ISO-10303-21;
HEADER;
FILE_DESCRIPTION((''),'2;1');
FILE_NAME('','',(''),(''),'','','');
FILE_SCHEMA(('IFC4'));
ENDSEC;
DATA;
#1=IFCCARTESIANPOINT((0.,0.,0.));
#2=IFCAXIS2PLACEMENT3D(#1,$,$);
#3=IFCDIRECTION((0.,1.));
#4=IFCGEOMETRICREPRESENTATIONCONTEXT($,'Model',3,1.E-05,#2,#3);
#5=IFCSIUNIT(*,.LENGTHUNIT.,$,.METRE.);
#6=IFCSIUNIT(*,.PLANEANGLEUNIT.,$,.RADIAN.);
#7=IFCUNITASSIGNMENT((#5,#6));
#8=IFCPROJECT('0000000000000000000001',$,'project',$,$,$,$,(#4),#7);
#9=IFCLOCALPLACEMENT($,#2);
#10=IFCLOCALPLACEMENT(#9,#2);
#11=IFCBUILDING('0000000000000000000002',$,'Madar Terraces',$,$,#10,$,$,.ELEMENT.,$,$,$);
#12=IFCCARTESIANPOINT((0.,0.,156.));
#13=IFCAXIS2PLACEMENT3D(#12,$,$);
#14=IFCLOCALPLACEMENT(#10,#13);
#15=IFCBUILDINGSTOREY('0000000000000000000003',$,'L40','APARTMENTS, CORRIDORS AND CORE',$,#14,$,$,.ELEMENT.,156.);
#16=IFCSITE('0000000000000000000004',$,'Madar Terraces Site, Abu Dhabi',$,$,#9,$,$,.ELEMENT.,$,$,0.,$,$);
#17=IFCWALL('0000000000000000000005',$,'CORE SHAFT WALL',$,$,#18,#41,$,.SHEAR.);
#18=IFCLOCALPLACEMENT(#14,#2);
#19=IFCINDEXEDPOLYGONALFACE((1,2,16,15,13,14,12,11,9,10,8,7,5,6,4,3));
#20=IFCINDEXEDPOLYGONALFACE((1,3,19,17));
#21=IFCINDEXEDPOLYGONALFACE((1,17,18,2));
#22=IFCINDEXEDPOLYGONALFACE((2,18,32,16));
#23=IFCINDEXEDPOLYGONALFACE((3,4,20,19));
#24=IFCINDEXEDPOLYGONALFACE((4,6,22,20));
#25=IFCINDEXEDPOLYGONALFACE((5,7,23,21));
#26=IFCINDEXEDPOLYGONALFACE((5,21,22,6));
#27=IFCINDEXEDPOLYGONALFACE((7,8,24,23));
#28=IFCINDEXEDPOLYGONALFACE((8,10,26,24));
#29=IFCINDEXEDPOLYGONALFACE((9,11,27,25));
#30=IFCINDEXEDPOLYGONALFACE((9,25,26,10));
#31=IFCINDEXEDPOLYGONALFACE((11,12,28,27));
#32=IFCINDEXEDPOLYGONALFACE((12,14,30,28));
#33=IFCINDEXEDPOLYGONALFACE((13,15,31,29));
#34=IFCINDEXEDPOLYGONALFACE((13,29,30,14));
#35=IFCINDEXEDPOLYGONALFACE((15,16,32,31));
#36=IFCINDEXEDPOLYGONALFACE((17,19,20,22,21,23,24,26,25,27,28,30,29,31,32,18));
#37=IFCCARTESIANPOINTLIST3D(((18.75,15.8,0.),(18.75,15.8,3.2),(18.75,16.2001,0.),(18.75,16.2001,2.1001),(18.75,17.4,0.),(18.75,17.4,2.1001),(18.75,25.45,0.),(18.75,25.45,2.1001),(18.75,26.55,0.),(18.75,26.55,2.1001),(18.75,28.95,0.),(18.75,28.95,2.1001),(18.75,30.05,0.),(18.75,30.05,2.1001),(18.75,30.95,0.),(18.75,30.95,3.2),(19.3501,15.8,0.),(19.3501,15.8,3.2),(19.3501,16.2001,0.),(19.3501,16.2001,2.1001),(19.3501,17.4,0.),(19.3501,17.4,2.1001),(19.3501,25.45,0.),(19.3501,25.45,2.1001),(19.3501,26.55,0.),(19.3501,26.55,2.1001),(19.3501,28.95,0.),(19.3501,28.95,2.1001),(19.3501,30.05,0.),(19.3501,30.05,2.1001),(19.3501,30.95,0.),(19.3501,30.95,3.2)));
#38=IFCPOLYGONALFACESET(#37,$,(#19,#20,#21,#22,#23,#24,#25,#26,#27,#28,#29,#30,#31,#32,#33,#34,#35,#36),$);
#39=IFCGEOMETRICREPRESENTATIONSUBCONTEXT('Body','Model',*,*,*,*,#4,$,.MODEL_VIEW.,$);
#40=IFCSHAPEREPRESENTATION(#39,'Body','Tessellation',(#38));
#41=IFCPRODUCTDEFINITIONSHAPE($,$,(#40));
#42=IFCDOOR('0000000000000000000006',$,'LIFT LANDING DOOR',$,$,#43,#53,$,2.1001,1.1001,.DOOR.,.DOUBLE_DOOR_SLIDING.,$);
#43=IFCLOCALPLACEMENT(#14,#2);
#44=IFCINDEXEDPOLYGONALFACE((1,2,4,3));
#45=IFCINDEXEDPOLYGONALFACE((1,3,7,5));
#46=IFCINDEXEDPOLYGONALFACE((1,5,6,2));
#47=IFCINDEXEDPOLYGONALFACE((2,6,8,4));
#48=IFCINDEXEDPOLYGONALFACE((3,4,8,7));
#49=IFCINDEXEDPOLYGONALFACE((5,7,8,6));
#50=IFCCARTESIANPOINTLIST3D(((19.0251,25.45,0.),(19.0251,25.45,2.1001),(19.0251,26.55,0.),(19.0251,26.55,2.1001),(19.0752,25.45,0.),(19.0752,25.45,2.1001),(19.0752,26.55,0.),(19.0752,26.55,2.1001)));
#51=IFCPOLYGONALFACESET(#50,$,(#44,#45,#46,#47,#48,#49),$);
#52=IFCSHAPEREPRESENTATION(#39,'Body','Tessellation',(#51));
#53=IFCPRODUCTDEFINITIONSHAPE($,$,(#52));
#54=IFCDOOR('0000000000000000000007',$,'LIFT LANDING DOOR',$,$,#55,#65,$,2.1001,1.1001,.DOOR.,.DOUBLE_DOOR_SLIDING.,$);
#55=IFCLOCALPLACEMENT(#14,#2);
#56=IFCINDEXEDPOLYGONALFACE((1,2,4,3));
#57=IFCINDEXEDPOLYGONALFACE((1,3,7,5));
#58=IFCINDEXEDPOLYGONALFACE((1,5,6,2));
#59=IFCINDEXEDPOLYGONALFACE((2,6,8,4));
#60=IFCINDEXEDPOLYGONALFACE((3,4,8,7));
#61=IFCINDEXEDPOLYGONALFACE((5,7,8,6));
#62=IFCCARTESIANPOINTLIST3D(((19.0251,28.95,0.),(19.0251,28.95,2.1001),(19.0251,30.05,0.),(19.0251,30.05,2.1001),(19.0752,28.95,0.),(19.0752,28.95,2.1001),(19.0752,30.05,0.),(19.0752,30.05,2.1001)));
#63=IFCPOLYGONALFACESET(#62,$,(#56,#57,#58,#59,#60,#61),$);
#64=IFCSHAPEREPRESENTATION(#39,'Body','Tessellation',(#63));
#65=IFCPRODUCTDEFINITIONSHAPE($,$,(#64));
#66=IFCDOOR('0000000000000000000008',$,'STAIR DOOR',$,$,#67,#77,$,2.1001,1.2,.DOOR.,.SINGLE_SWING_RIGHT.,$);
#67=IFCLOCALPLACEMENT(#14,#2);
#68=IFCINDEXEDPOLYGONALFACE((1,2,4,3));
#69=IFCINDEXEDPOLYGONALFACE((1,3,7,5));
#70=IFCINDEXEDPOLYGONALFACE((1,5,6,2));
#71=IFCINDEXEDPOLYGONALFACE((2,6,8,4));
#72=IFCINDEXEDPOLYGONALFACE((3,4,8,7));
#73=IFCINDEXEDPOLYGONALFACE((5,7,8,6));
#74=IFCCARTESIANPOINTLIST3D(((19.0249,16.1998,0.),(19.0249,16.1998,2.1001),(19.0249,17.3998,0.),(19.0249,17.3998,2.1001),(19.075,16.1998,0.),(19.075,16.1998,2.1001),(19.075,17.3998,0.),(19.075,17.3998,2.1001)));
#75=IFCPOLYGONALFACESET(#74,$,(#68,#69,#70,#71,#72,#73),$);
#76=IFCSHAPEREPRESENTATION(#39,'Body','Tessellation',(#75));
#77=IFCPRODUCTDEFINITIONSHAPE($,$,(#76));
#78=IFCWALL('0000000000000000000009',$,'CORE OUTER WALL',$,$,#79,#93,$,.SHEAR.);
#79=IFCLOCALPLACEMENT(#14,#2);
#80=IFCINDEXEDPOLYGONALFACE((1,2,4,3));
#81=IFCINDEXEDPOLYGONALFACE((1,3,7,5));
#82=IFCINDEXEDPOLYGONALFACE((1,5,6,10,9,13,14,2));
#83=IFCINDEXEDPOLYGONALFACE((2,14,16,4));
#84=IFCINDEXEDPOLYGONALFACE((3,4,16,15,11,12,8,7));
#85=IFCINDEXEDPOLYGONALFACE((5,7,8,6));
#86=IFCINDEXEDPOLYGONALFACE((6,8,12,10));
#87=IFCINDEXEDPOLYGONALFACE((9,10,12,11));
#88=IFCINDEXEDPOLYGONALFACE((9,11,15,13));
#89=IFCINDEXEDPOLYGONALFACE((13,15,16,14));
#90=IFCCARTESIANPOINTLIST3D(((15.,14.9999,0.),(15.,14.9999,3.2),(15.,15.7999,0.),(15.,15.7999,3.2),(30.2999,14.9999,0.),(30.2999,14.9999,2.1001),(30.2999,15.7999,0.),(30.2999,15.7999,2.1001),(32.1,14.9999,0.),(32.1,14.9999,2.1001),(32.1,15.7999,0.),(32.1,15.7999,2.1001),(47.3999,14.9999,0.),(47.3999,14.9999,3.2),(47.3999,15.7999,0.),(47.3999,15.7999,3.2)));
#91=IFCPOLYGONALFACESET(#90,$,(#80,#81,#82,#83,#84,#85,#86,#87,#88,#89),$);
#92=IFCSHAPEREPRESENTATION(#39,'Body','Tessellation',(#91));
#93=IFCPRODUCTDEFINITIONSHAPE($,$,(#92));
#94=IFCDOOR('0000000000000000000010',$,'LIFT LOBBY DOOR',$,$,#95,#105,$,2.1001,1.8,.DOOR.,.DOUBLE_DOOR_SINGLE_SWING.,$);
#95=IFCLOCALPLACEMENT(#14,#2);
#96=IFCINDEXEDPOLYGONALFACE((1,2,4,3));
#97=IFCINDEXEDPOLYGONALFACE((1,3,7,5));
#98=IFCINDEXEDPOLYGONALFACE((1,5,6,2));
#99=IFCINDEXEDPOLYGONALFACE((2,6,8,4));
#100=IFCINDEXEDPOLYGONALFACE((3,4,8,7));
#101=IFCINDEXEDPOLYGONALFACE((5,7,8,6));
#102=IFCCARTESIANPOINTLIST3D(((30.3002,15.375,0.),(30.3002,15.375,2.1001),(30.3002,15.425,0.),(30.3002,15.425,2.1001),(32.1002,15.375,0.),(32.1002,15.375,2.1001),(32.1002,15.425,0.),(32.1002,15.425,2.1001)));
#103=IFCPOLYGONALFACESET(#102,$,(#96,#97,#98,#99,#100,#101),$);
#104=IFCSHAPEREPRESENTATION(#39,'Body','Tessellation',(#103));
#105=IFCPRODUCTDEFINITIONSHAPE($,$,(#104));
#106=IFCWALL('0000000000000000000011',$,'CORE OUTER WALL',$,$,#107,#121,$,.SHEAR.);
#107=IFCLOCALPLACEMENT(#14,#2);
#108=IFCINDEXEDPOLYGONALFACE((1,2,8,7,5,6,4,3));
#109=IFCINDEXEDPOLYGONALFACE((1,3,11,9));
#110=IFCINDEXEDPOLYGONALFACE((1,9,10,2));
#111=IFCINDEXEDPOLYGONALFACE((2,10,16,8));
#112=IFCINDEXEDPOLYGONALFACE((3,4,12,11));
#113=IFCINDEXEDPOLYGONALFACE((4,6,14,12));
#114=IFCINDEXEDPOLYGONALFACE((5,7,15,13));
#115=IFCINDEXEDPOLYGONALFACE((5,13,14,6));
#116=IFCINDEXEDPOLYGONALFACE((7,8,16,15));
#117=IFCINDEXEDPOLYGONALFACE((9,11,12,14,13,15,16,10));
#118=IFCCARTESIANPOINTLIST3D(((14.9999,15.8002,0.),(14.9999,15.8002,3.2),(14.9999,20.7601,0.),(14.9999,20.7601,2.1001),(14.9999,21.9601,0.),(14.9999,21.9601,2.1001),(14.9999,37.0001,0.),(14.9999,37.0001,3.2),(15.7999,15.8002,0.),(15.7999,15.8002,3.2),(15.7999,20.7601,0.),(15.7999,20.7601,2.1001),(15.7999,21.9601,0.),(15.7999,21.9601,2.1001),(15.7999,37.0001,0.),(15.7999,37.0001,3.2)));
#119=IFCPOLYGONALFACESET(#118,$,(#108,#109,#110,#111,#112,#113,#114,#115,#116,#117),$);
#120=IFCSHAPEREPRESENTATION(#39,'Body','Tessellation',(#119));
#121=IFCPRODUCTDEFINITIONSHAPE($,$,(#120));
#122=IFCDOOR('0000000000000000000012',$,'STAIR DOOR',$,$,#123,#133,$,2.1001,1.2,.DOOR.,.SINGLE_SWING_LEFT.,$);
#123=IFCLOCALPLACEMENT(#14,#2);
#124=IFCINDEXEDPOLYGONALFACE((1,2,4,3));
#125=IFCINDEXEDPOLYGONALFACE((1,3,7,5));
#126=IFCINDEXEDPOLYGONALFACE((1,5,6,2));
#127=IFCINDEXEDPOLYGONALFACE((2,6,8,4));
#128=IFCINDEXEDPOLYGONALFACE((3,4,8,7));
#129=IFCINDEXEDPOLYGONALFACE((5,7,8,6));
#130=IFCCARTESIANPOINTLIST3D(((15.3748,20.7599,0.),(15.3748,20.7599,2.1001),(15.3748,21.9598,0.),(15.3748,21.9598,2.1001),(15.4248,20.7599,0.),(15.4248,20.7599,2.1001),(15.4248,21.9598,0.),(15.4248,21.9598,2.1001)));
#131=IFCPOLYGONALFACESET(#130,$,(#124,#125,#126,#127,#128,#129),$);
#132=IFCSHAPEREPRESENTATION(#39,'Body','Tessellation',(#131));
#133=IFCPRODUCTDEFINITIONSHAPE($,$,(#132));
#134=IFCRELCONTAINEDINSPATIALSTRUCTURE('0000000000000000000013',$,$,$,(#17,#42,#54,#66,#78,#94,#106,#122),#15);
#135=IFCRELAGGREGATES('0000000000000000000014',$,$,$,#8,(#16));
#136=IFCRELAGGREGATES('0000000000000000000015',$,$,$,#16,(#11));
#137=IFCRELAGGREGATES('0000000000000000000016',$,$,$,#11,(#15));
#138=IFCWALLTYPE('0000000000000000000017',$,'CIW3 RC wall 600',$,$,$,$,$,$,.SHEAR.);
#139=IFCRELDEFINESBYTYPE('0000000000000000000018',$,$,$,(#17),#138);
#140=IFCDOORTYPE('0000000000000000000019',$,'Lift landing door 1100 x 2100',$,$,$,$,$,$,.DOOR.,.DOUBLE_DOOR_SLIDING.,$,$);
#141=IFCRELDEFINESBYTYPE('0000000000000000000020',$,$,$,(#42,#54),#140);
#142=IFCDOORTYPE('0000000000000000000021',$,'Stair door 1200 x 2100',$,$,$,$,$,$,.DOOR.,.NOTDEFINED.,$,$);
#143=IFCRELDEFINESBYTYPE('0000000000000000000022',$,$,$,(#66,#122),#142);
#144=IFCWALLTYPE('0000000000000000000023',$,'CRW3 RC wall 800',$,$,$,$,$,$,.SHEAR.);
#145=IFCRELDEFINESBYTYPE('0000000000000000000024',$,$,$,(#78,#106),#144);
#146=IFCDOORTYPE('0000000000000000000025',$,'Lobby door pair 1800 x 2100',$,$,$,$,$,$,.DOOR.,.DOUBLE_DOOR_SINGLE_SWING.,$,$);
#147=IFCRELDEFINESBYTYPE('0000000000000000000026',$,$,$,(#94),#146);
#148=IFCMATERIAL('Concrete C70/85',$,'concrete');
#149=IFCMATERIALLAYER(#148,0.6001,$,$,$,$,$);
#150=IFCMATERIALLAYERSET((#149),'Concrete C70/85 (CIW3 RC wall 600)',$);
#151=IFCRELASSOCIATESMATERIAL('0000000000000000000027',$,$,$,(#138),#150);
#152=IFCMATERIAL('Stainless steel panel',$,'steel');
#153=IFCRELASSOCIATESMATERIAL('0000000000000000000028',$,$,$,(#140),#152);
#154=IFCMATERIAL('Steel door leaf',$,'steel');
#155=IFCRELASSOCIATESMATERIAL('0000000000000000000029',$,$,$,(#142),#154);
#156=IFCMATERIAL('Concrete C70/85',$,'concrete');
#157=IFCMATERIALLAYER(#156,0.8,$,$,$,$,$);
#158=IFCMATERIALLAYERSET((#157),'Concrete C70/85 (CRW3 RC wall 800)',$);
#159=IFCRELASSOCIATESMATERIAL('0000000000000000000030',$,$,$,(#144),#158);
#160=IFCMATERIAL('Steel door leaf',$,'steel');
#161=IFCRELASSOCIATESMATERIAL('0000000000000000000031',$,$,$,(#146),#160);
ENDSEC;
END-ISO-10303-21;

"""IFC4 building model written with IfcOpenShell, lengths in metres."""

from ifc_helpers import new_model, si_unit, direction, frame, frame_2d, origin, place, context, subcontext, project, spatial, rectangle, extrude, material, layer, layer_set, type_object, element, fill, save


model = new_model("IFC4")

# Units and contexts
model_context = context("Model", 3, precision=1e-05, world=origin(), true_north=direction((0.0, 1.0)))
body_context = subcontext(model_context, "Body", "Model", "MODEL_VIEW")
ifc_project = project(units=[si_unit("LENGTHUNIT", "METRE"), si_unit("PLANEANGLEUNIT", "RADIAN")], contexts=[model_context])

# Site, building, storey
site_placement = place(None, origin())
site = spatial("IfcSite", under=ifc_project, at=site_placement, Name="Madar Terraces Site, Abu Dhabi", CompositionType="ELEMENT", RefElevation=0.0)
building_placement = place(site_placement, origin())
building = spatial("IfcBuilding", under=site, at=building_placement, Name="Madar Terraces", CompositionType="ELEMENT")
storey_placement = place(building_placement, frame((0.0, 0.0, 156.0)))
storey = spatial("IfcBuildingStorey", under=building, at=storey_placement, Name="L40", Description="APARTMENTS, CORRIDORS AND CORE", CompositionType="ELEMENT", Elevation=156.0)

# Wall, openings, doors
ifc_material_1 = material(Name="Concrete C70/85", Category="concrete")
ifc_layer_1 = layer(ifc_material_1, 0.6001)
ifc_layer_set_1 = layer_set([ifc_layer_1], Name="Concrete C70/85 (CIW3 RC wall 600)")
wall_type_1 = type_object("IfcWallType", Name="CIW3 RC wall 600", PredefinedType="SHEAR", material=ifc_layer_set_1)
wall_1_placement = place(storey_placement, frame((19.05, 15.8, 0.0), z_axis=(0.0, 0.0, 1.0), x_axis=(0.0, 1.0, 0.0)))
wall_1 = element("IfcWall", 1, at=wall_1_placement, inside=storey, type_object=wall_type_1, Name="CORE SHAFT WALL", PredefinedType="SHEAR", context=body_context, shape_type="SweptSolid", body=[
    extrude(rectangle(XDim=15.1499, YDim=0.6001, at=frame_2d((7.575, 0.0))), origin(), (0.0, 0.0, 1.0), 3.2),
])
opening_1_placement = place(wall_1_placement, frame((9.6499, 0.0, 0.0)))
opening_1 = element("IfcOpeningElement", 2, at=opening_1_placement, cuts=wall_1, PredefinedType="OPENING", context=body_context, shape_type="SweptSolid", body=[
    extrude(rectangle(XDim=1.1001, YDim=2.1001, at=frame_2d((0.55, 1.05))), frame((0.0, 0.3101, 0.0), z_axis=(0.0, -1.0, 0.0), x_axis=(1.0, 0.0, 0.0)), (0.0, 0.0, 1.0), 0.6201),
])
opening_2_placement = place(wall_1_placement, frame((13.1499, 0.0, 0.0)))
opening_2 = element("IfcOpeningElement", 3, at=opening_2_placement, cuts=wall_1, PredefinedType="OPENING", context=body_context, shape_type="SweptSolid", body=[
    extrude(rectangle(XDim=1.1001, YDim=2.1001, at=frame_2d((0.55, 1.05))), frame((0.0, 0.3101, 0.0), z_axis=(0.0, -1.0, 0.0), x_axis=(1.0, 0.0, 0.0)), (0.0, 0.0, 1.0), 0.6201),
])
opening_3_placement = place(wall_1_placement, frame((0.3999, 0.0, 0.0)))
opening_3 = element("IfcOpeningElement", 4, at=opening_3_placement, cuts=wall_1, PredefinedType="OPENING", context=body_context, shape_type="SweptSolid", body=[
    extrude(rectangle(XDim=1.2, YDim=2.1001, at=frame_2d((0.6001, 1.05))), frame((0.0, 0.3101, 0.0), z_axis=(0.0, -1.0, 0.0), x_axis=(1.0, 0.0, 0.0)), (0.0, 0.0, 1.0), 0.6201),
])
ifc_material_2 = material(Name="Stainless steel panel", Category="steel")
door_type_1 = type_object("IfcDoorType", Name="Lift landing door 1100 x 2100", OperationType="DOUBLE_DOOR_SLIDING", PredefinedType="DOOR", material=ifc_material_2)
door_1_placement = place(opening_1_placement, origin())
door_1 = element("IfcDoor", 5, at=door_1_placement, inside=storey, type_object=door_type_1, Name="LIFT LANDING DOOR", OperationType="DOUBLE_DOOR_SLIDING", OverallHeight=2.1001, OverallWidth=1.1001, PredefinedType="DOOR", context=body_context, shape_type="SweptSolid", body=[
    extrude(rectangle(XDim=1.1001, YDim=2.1001, at=frame_2d((0.55, 1.05))), frame((0.0, 0.0249, 0.0), z_axis=(0.0, -1.0, 0.0), x_axis=(1.0, 0.0, 0.0)), (0.0, 0.0, 1.0), 0.05),
])
fill(opening_1, door_1)
door_2_placement = place(opening_2_placement, origin())
door_2 = element("IfcDoor", 6, at=door_2_placement, inside=storey, type_object=door_type_1, Name="LIFT LANDING DOOR", OperationType="DOUBLE_DOOR_SLIDING", OverallHeight=2.1001, OverallWidth=1.1001, PredefinedType="DOOR", context=body_context, shape_type="SweptSolid", body=[
    extrude(rectangle(XDim=1.1001, YDim=2.1001, at=frame_2d((0.55, 1.05))), frame((0.0, 0.0249, 0.0), z_axis=(0.0, -1.0, 0.0), x_axis=(1.0, 0.0, 0.0)), (0.0, 0.0, 1.0), 0.05),
])
fill(opening_2, door_2)
ifc_material_3 = material(Name="Steel door leaf", Category="steel")
door_type_2 = type_object("IfcDoorType", Name="Stair door 1200 x 2100", OperationType="NOTDEFINED", PredefinedType="DOOR", material=ifc_material_3)
door_3_placement = place(opening_3_placement, frame((1.2, 0.0, 0.0), z_axis=(0.0, 0.0, 1.0), x_axis=(-1.0, 0.0, 0.0)))
door_3 = element("IfcDoor", 7, at=door_3_placement, inside=storey, type_object=door_type_2, Name="STAIR DOOR", OperationType="SINGLE_SWING_RIGHT", OverallHeight=2.1001, OverallWidth=1.2, PredefinedType="DOOR", context=body_context, shape_type="SweptSolid", body=[
    extrude(rectangle(XDim=1.2, YDim=2.1001, at=frame_2d((0.6001, 1.05))), frame((0.0, 0.0249, 0.0), z_axis=(0.0, -1.0, 0.0), x_axis=(1.0, 0.0, 0.0)), (0.0, 0.0, 1.0), 0.05),
])
fill(opening_3, door_3)

# Walls, openings, doors
ifc_material_4 = material(Name="Concrete C70/85", Category="concrete")
ifc_layer_2 = layer(ifc_material_4, 0.8)
ifc_layer_set_2 = layer_set([ifc_layer_2], Name="Concrete C70/85 (CRW3 RC wall 800)")
wall_type_2 = type_object("IfcWallType", Name="CRW3 RC wall 800", PredefinedType="SHEAR", material=ifc_layer_set_2)
wall_2_placement = place(storey_placement, frame((15.0, 15.3999, 0.0), z_axis=(0.0, 0.0, 1.0), x_axis=(1.0, 0.0, 0.0)))
wall_2 = element("IfcWall", 8, at=wall_2_placement, inside=storey, type_object=wall_type_2, Name="CORE OUTER WALL", PredefinedType="SHEAR", context=body_context, shape_type="SweptSolid", body=[
    extrude(rectangle(XDim=32.3999, YDim=0.8, at=frame_2d((16.2, 0.0))), origin(), (0.0, 0.0, 1.0), 3.2),
])
opening_4_placement = place(wall_2_placement, frame((15.3, 0.0, 0.0)))
opening_4 = element("IfcOpeningElement", 9, at=opening_4_placement, cuts=wall_2, PredefinedType="OPENING", context=body_context, shape_type="SweptSolid", body=[
    extrude(rectangle(XDim=1.8, YDim=2.1001, at=frame_2d((0.8999, 1.05))), frame((0.0, 0.4099, 0.0), z_axis=(0.0, -1.0, 0.0), x_axis=(1.0, 0.0, 0.0)), (0.0, 0.0, 1.0), 0.8201),
])
ifc_material_5 = material(Name="Steel door leaf", Category="steel")
door_type_3 = type_object("IfcDoorType", Name="Lobby door pair 1800 x 2100", OperationType="DOUBLE_DOOR_SINGLE_SWING", PredefinedType="DOOR", material=ifc_material_5)
door_4_placement = place(opening_4_placement, frame((1.8, 0.0, 0.0), z_axis=(0.0, 0.0, 1.0), x_axis=(-1.0, 0.0, 0.0)))
door_4 = element("IfcDoor", 10, at=door_4_placement, inside=storey, type_object=door_type_3, Name="LIFT LOBBY DOOR", OperationType="DOUBLE_DOOR_SINGLE_SWING", OverallHeight=2.1001, OverallWidth=1.8, PredefinedType="DOOR", context=body_context, shape_type="SweptSolid", body=[
    extrude(rectangle(XDim=1.8, YDim=2.1001, at=frame_2d((0.8999, 1.05))), frame((0.0, 0.0249, 0.0), z_axis=(0.0, -1.0, 0.0), x_axis=(1.0, 0.0, 0.0)), (0.0, 0.0, 1.0), 0.05),
])
fill(opening_4, door_4)
wall_3_placement = place(storey_placement, frame((15.3999, 15.8, 0.0), z_axis=(0.0, 0.0, 1.0), x_axis=(0.0, 1.0, 0.0)))
wall_3 = element("IfcWall", 11, at=wall_3_placement, inside=storey, type_object=wall_type_2, Name="CORE OUTER WALL", PredefinedType="SHEAR", context=body_context, shape_type="SweptSolid", body=[
    extrude(rectangle(XDim=21.2, YDim=0.8, at=frame_2d((10.6001, 0.0))), origin(), (0.0, 0.0, 1.0), 3.2),
])
opening_5_placement = place(wall_3_placement, frame((4.96, 0.0, 0.0)))
opening_5 = element("IfcOpeningElement", 12, at=opening_5_placement, cuts=wall_3, PredefinedType="OPENING", context=body_context, shape_type="SweptSolid", body=[
    extrude(rectangle(XDim=1.2, YDim=2.1001, at=frame_2d((0.6001, 1.05))), frame((0.0, 0.4099, 0.0), z_axis=(0.0, -1.0, 0.0), x_axis=(1.0, 0.0, 0.0)), (0.0, 0.0, 1.0), 0.8201),
])
door_5_placement = place(opening_5_placement, frame((1.2, 0.0, 0.0), z_axis=(0.0, 0.0, 1.0), x_axis=(-1.0, 0.0, 0.0)))
door_5 = element("IfcDoor", 13, at=door_5_placement, inside=storey, type_object=door_type_2, Name="STAIR DOOR", OperationType="SINGLE_SWING_LEFT", OverallHeight=2.1001, OverallWidth=1.2, PredefinedType="DOOR", context=body_context, shape_type="SweptSolid", body=[
    extrude(rectangle(XDim=1.2, YDim=2.1001, at=frame_2d((0.6001, 1.05))), frame((0.0, 0.0249, 0.0), z_axis=(0.0, -1.0, 0.0), x_axis=(1.0, 0.0, 0.0)), (0.0, 0.0, 1.0), 0.05),
])
fill(opening_5, door_5)

save(model, "model.ifc")
